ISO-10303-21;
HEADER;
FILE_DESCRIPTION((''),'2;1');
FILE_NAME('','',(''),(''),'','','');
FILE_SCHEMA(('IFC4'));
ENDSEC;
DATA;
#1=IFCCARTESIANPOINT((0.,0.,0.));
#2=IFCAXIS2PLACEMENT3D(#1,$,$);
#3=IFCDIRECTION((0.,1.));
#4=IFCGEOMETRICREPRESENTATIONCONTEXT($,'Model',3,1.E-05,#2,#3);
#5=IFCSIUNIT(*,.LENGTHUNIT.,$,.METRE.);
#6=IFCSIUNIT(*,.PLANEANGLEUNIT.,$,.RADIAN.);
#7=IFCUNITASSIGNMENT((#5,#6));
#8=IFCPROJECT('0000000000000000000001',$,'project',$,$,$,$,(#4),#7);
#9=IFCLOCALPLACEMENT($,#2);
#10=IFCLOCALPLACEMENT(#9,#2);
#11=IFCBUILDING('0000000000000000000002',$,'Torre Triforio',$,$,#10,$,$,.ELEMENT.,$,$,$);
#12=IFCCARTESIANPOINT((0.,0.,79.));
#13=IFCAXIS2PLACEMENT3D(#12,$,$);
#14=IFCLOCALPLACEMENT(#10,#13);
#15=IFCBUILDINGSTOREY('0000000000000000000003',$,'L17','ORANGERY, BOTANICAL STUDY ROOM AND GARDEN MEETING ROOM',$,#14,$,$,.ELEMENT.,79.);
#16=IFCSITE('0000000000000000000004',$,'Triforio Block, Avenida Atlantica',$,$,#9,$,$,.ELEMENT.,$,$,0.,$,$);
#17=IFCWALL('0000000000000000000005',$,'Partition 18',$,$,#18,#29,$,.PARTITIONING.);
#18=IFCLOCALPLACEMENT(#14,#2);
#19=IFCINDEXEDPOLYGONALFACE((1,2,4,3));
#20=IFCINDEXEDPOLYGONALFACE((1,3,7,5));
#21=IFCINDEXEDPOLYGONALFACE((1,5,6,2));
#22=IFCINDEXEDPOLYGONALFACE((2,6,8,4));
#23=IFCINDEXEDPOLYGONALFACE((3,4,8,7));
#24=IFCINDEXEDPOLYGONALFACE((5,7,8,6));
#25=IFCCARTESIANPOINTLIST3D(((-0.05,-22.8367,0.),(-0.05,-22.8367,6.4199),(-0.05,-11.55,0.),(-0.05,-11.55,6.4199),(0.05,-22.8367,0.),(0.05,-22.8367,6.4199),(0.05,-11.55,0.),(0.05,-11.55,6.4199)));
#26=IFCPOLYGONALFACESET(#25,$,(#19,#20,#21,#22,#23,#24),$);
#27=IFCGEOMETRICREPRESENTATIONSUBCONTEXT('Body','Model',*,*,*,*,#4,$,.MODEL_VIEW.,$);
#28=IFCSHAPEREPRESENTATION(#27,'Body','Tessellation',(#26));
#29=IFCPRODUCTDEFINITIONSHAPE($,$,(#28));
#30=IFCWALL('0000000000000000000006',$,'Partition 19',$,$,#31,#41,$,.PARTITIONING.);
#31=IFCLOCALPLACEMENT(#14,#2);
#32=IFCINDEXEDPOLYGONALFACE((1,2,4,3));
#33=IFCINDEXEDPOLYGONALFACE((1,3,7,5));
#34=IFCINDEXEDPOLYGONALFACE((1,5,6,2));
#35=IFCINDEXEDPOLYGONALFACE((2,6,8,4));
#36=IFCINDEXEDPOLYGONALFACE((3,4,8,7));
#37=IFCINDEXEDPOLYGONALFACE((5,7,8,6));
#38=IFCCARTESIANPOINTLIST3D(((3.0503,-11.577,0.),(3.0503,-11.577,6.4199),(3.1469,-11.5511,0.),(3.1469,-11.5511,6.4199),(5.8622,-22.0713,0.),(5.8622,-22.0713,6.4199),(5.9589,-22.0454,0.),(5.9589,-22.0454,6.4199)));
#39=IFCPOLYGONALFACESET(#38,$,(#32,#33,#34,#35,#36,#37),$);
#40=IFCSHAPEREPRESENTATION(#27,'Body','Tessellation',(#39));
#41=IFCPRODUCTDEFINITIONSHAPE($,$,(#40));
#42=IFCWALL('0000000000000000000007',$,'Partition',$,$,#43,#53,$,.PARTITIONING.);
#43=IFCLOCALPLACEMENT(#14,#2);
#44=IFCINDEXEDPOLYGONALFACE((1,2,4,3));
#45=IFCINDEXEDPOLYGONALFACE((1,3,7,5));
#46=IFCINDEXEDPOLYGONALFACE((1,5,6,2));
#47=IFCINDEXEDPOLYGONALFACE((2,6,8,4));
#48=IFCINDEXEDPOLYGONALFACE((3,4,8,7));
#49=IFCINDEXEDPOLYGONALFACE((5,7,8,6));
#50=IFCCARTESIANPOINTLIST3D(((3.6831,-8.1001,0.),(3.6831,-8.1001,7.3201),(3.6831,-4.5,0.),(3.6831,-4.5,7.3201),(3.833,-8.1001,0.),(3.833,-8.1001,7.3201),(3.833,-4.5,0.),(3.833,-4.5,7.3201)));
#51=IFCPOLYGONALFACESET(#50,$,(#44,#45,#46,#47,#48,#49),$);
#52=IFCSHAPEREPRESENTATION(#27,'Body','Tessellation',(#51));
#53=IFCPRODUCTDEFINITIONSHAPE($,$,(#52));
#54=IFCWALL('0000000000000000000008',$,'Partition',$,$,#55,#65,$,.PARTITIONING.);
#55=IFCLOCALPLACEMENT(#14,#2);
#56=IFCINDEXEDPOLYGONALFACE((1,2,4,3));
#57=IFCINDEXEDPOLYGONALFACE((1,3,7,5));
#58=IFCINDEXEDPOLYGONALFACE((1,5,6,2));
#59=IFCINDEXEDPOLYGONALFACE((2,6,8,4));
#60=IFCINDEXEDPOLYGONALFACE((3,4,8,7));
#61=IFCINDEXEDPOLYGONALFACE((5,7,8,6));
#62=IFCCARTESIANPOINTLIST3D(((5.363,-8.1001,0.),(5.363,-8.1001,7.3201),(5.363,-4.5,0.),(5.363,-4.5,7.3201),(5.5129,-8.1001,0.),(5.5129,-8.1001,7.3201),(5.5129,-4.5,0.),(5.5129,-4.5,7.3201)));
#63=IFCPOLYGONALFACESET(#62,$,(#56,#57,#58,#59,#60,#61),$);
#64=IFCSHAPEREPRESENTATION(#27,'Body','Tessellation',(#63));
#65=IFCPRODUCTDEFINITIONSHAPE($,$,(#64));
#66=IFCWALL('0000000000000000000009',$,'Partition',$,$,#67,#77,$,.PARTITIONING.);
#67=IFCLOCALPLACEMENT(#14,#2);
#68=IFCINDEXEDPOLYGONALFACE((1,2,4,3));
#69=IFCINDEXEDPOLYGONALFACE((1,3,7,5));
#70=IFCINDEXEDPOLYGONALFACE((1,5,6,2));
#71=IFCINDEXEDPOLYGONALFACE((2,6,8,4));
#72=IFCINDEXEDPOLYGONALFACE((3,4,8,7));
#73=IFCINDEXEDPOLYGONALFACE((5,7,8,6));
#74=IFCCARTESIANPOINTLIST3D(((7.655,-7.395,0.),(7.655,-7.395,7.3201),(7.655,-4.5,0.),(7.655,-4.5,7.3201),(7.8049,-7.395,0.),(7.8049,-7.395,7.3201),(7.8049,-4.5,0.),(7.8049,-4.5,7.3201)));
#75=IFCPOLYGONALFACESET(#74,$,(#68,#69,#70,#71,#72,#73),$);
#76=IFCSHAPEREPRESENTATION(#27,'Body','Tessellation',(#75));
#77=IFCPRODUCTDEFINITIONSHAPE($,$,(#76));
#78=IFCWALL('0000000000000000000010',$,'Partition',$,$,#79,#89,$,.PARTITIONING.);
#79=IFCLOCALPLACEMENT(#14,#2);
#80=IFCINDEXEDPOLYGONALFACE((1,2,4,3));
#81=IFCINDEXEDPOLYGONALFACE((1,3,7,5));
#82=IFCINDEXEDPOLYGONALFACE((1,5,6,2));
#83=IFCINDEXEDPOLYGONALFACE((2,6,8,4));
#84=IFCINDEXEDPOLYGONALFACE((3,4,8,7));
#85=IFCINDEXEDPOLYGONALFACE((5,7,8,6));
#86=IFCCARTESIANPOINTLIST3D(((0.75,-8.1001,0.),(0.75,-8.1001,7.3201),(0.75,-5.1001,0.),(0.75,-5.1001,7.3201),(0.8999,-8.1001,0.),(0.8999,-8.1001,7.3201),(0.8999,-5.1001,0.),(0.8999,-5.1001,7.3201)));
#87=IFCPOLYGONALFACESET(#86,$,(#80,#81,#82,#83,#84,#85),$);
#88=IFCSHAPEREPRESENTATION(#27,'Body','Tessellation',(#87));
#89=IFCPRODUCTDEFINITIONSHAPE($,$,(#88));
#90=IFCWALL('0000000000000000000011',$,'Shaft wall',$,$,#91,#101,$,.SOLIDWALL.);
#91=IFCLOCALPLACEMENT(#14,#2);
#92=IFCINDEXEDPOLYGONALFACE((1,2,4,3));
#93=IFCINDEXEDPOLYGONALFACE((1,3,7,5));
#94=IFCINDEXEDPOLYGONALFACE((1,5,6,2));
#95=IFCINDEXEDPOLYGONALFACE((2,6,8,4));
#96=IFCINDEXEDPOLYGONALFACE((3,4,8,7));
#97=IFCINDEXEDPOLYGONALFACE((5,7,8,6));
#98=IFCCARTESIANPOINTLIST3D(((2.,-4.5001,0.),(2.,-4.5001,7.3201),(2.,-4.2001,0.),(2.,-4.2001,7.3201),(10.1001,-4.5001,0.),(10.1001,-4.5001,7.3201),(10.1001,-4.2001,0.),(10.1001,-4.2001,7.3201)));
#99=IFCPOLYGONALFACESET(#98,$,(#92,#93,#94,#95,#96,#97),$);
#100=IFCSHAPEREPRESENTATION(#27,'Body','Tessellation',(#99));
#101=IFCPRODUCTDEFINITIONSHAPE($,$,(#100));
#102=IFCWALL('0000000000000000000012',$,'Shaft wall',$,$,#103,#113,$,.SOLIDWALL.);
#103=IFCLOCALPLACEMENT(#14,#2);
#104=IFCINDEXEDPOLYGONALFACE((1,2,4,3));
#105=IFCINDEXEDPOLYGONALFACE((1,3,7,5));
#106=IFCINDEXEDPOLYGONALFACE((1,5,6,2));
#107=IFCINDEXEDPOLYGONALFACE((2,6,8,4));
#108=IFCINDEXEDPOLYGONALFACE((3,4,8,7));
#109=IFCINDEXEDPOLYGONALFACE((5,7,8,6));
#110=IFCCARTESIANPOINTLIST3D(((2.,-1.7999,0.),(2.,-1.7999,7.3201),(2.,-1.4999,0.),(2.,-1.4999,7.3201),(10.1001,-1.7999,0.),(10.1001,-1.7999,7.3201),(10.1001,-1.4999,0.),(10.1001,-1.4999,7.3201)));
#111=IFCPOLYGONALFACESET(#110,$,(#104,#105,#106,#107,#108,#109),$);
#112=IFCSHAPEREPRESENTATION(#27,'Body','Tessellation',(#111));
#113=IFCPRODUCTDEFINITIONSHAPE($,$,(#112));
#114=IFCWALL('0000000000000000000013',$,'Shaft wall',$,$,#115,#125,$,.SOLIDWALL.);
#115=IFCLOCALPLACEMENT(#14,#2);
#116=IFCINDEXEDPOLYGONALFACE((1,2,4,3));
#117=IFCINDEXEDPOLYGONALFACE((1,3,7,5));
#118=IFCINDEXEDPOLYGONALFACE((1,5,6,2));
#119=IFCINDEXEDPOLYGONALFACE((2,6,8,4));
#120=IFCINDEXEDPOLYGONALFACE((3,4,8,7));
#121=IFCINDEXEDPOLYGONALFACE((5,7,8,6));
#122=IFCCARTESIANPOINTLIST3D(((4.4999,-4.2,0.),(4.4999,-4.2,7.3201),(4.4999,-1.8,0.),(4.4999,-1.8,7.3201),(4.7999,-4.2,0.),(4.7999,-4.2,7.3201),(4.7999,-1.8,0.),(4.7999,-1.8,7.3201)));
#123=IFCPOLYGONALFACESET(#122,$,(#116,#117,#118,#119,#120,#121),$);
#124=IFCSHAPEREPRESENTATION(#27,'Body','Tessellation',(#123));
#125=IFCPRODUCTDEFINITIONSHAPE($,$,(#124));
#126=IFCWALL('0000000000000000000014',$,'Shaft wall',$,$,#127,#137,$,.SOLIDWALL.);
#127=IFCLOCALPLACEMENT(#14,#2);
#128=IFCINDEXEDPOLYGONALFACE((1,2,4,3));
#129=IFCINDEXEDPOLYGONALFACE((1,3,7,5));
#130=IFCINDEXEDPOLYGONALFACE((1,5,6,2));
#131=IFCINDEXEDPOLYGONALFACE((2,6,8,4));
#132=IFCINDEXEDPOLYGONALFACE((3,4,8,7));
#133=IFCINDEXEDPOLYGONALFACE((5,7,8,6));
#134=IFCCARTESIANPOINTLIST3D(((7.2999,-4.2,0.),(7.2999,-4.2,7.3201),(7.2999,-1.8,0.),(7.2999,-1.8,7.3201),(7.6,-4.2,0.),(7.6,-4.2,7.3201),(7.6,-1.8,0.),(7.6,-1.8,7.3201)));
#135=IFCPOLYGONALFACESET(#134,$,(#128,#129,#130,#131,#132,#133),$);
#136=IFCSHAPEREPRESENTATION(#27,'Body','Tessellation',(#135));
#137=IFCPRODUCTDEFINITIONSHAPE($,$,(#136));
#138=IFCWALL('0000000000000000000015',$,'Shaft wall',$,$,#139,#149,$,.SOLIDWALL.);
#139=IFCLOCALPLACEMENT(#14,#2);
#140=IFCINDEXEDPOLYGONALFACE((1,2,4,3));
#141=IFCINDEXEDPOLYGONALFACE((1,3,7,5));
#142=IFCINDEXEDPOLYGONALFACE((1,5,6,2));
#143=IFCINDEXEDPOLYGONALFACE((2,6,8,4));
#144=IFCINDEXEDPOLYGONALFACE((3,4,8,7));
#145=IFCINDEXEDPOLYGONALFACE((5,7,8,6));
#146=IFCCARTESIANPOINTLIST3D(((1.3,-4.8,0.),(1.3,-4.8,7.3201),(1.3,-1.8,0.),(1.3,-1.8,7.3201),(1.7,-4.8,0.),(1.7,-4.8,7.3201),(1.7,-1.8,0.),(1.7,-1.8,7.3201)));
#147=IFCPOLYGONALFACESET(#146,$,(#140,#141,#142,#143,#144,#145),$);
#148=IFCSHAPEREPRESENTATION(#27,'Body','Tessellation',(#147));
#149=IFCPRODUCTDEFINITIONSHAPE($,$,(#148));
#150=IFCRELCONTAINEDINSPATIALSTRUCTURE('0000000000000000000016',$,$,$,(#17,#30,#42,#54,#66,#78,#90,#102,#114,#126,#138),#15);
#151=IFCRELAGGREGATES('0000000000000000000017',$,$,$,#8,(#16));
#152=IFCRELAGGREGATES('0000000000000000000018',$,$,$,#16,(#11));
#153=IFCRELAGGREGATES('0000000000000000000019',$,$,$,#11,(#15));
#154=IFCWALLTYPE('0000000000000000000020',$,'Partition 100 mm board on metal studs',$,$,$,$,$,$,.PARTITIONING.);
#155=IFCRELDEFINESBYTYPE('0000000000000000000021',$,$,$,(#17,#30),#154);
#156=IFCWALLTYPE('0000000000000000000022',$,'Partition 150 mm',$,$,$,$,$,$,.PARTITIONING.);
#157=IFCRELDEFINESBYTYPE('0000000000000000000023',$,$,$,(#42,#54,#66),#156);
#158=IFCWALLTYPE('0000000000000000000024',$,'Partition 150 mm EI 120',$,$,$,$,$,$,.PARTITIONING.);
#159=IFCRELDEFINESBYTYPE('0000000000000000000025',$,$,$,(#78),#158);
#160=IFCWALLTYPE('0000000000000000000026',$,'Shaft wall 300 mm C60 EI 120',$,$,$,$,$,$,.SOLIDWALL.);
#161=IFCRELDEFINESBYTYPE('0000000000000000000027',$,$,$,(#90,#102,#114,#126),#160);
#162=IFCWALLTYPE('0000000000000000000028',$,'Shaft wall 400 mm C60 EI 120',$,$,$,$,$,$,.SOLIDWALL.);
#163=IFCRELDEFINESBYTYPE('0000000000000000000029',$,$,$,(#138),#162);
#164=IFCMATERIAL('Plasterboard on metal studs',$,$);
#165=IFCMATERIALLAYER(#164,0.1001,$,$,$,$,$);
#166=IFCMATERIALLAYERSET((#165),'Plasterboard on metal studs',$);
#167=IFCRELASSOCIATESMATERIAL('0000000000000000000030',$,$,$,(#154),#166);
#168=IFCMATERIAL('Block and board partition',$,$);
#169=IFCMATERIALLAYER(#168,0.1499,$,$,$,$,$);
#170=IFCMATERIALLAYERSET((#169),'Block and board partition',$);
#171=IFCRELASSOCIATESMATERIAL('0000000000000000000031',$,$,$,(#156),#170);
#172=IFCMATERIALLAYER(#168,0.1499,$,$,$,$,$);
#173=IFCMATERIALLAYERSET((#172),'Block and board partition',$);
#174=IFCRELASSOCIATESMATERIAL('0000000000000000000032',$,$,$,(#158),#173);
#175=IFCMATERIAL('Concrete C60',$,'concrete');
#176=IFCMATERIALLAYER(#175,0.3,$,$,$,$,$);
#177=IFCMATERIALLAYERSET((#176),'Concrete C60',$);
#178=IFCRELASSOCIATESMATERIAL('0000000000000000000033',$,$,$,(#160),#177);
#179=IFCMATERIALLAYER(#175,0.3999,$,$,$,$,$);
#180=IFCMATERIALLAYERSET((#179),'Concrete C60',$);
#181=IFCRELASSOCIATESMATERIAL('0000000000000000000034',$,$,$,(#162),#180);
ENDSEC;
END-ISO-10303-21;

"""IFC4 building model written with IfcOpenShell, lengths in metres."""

from ifc_helpers import new_model, si_unit, direction, frame, frame_2d, origin, place, context, subcontext, project, spatial, rectangle, extrude, material, layer, layer_set, type_object, element, save


model = new_model("IFC4")

# Units and contexts
model_context = context("Model", 3, precision=1e-05, world=origin(), true_north=direction((0.0, 1.0)))
body_context = subcontext(model_context, "Body", "Model", "MODEL_VIEW")
ifc_project = project(units=[si_unit("LENGTHUNIT", "METRE"), si_unit("PLANEANGLEUNIT", "RADIAN")], contexts=[model_context])

# Site, building, storey
site_placement = place(None, origin())
site = spatial("IfcSite", under=ifc_project, at=site_placement, Name="Triforio Block, Avenida Atlantica", CompositionType="ELEMENT", RefElevation=0.0)
building_placement = place(site_placement, origin())
building = spatial("IfcBuilding", under=site, at=building_placement, Name="Torre Triforio", CompositionType="ELEMENT")
storey_placement = place(building_placement, frame((0.0, 0.0, 79.0)))
storey = spatial("IfcBuildingStorey", under=building, at=storey_placement, Name="L17", Description="ORANGERY, BOTANICAL STUDY ROOM AND GARDEN MEETING ROOM", CompositionType="ELEMENT", Elevation=79.0)

# Shared definitions
ifc_material_1 = material(Name="Concrete C60", Category="concrete")

# Shared definitions
ifc_material_2 = material(Name="Plasterboard on metal studs")

# Shared definitions
ifc_material_3 = material(Name="Block and board partition")

# Walls
ifc_layer_1 = layer(ifc_material_2, 0.1001)
ifc_layer_set_1 = layer_set([ifc_layer_1], Name="Plasterboard on metal studs")
wall_type_1 = type_object("IfcWallType", Name="Partition 100 mm board on metal studs", PredefinedType="PARTITIONING", material=ifc_layer_set_1)
wall_1_placement = place(storey_placement, frame((0.0, -11.55, 0.0), z_axis=(0.0, 0.0, 1.0), x_axis=(0.0, -1.0, 0.0)))
element("IfcWall", 1, at=wall_1_placement, inside=storey, type_object=wall_type_1, Name="Partition 18", PredefinedType="PARTITIONING", context=body_context, shape_type="SweptSolid", body=[
    extrude(rectangle(XDim=11.2866, YDim=0.1001, at=frame_2d((5.6433, 0.0))), origin(), (0.0, 0.0, 1.0), 6.4199),
])
wall_2_placement = place(storey_placement, frame((3.0986, -11.5642, 0.0), z_axis=(0.0, 0.0, 1.0), x_axis=(0.258823, -0.965925, 0.0)))
element("IfcWall", 2, at=wall_2_placement, inside=storey, type_object=wall_type_1, Name="Partition 19", PredefinedType="PARTITIONING", context=body_context, shape_type="SweptSolid", body=[
    extrude(rectangle(XDim=10.8645, YDim=0.1001, at=frame_2d((5.4321, 0.0))), origin(), (0.0, 0.0, 1.0), 6.4199),
])
ifc_layer_2 = layer(ifc_material_3, 0.1499)
ifc_layer_set_2 = layer_set([ifc_layer_2], Name="Block and board partition")
wall_type_2 = type_object("IfcWallType", Name="Partition 150 mm", PredefinedType="PARTITIONING", material=ifc_layer_set_2)
for number, where, z_axis, x_axis, name in (
    (3, (3.7581, -8.1001, 0.0), (0.0, 0.0, 1.0), (0.0, 1.0, 0.0), "Partition"),
    (4, (5.438, -8.1001, 0.0), (0.0, 0.0, 1.0), (0.0, 1.0, 0.0), "Partition"),
):
    element("IfcWall", number, at=place(storey_placement, frame(where, z_axis=z_axis, x_axis=x_axis)), inside=storey, type_object=wall_type_2, Name=name, PredefinedType="PARTITIONING", context=body_context, shape_type="SweptSolid", body=[
        extrude(rectangle(XDim=3.6001, YDim=0.1499, at=frame_2d((1.8, 0.0))), origin(), (0.0, 0.0, 1.0), 7.3201),
    ])
wall_3_placement = place(storey_placement, frame((7.73, -7.395, 0.0), z_axis=(0.0, 0.0, 1.0), x_axis=(0.0, 1.0, 0.0)))
element("IfcWall", 5, at=wall_3_placement, inside=storey, type_object=wall_type_2, Name="Partition", PredefinedType="PARTITIONING", context=body_context, shape_type="SweptSolid", body=[
    extrude(rectangle(XDim=2.895, YDim=0.1499, at=frame_2d((1.4475, 0.0))), origin(), (0.0, 0.0, 1.0), 7.3201),
])
ifc_layer_3 = layer(ifc_material_3, 0.1499)
ifc_layer_set_3 = layer_set([ifc_layer_3], Name="Block and board partition")
wall_type_3 = type_object("IfcWallType", Name="Partition 150 mm EI 120", PredefinedType="PARTITIONING", material=ifc_layer_set_3)
wall_4_placement = place(storey_placement, frame((0.825, -8.1001, 0.0), z_axis=(0.0, 0.0, 1.0), x_axis=(0.0, 1.0, 0.0)))
element("IfcWall", 6, at=wall_4_placement, inside=storey, type_object=wall_type_3, Name="Partition", PredefinedType="PARTITIONING", context=body_context, shape_type="SweptSolid", body=[
    extrude(rectangle(XDim=3.0, YDim=0.1499, at=frame_2d((1.5, 0.0))), origin(), (0.0, 0.0, 1.0), 7.3201),
])
ifc_layer_4 = layer(ifc_material_1, 0.3)
ifc_layer_set_4 = layer_set([ifc_layer_4], Name="Concrete C60")
wall_type_4 = type_object("IfcWallType", Name="Shaft wall 300 mm C60 EI 120", PredefinedType="SOLIDWALL", material=ifc_layer_set_4)
for number, where, z_axis, x_axis, name in (
    (7, (2.0, -4.3501, 0.0), (0.0, 0.0, 1.0), (1.0, 0.0, 0.0), "Shaft wall"),
    (8, (2.0, -1.6499, 0.0), (0.0, 0.0, 1.0), (1.0, 0.0, 0.0), "Shaft wall"),
):
    element("IfcWall", number, at=place(storey_placement, frame(where, z_axis=z_axis, x_axis=x_axis)), inside=storey, type_object=wall_type_4, Name=name, PredefinedType="SOLIDWALL", context=body_context, shape_type="SweptSolid", body=[
        extrude(rectangle(XDim=8.1001, YDim=0.3, at=frame_2d((4.05, 0.0))), origin(), (0.0, 0.0, 1.0), 7.3201),
    ])
for number, where, z_axis, x_axis, name in (
    (9, (4.6499, -4.2, 0.0), (0.0, 0.0, 1.0), (0.0, 1.0, 0.0), "Shaft wall"),
    (10, (7.45, -4.2, 0.0), (0.0, 0.0, 1.0), (0.0, 1.0, 0.0), "Shaft wall"),
):
    element("IfcWall", number, at=place(storey_placement, frame(where, z_axis=z_axis, x_axis=x_axis)), inside=storey, type_object=wall_type_4, Name=name, PredefinedType="SOLIDWALL", context=body_context, shape_type="SweptSolid", body=[
        extrude(rectangle(XDim=2.3999, YDim=0.3, at=frame_2d((1.2, 0.0))), origin(), (0.0, 0.0, 1.0), 7.3201),
    ])
ifc_layer_5 = layer(ifc_material_1, 0.3999)
ifc_layer_set_5 = layer_set([ifc_layer_5], Name="Concrete C60")
wall_type_5 = type_object("IfcWallType", Name="Shaft wall 400 mm C60 EI 120", PredefinedType="SOLIDWALL", material=ifc_layer_set_5)
wall_5_placement = place(storey_placement, frame((1.5, -4.8, 0.0), z_axis=(0.0, 0.0, 1.0), x_axis=(0.0, 1.0, 0.0)))
element("IfcWall", 11, at=wall_5_placement, inside=storey, type_object=wall_type_5, Name="Shaft wall", PredefinedType="SOLIDWALL", context=body_context, shape_type="SweptSolid", body=[
    extrude(rectangle(XDim=3.0, YDim=0.3999, at=frame_2d((1.5, 0.0))), origin(), (0.0, 0.0, 1.0), 7.3201),
])

save(model, "model.ifc")
